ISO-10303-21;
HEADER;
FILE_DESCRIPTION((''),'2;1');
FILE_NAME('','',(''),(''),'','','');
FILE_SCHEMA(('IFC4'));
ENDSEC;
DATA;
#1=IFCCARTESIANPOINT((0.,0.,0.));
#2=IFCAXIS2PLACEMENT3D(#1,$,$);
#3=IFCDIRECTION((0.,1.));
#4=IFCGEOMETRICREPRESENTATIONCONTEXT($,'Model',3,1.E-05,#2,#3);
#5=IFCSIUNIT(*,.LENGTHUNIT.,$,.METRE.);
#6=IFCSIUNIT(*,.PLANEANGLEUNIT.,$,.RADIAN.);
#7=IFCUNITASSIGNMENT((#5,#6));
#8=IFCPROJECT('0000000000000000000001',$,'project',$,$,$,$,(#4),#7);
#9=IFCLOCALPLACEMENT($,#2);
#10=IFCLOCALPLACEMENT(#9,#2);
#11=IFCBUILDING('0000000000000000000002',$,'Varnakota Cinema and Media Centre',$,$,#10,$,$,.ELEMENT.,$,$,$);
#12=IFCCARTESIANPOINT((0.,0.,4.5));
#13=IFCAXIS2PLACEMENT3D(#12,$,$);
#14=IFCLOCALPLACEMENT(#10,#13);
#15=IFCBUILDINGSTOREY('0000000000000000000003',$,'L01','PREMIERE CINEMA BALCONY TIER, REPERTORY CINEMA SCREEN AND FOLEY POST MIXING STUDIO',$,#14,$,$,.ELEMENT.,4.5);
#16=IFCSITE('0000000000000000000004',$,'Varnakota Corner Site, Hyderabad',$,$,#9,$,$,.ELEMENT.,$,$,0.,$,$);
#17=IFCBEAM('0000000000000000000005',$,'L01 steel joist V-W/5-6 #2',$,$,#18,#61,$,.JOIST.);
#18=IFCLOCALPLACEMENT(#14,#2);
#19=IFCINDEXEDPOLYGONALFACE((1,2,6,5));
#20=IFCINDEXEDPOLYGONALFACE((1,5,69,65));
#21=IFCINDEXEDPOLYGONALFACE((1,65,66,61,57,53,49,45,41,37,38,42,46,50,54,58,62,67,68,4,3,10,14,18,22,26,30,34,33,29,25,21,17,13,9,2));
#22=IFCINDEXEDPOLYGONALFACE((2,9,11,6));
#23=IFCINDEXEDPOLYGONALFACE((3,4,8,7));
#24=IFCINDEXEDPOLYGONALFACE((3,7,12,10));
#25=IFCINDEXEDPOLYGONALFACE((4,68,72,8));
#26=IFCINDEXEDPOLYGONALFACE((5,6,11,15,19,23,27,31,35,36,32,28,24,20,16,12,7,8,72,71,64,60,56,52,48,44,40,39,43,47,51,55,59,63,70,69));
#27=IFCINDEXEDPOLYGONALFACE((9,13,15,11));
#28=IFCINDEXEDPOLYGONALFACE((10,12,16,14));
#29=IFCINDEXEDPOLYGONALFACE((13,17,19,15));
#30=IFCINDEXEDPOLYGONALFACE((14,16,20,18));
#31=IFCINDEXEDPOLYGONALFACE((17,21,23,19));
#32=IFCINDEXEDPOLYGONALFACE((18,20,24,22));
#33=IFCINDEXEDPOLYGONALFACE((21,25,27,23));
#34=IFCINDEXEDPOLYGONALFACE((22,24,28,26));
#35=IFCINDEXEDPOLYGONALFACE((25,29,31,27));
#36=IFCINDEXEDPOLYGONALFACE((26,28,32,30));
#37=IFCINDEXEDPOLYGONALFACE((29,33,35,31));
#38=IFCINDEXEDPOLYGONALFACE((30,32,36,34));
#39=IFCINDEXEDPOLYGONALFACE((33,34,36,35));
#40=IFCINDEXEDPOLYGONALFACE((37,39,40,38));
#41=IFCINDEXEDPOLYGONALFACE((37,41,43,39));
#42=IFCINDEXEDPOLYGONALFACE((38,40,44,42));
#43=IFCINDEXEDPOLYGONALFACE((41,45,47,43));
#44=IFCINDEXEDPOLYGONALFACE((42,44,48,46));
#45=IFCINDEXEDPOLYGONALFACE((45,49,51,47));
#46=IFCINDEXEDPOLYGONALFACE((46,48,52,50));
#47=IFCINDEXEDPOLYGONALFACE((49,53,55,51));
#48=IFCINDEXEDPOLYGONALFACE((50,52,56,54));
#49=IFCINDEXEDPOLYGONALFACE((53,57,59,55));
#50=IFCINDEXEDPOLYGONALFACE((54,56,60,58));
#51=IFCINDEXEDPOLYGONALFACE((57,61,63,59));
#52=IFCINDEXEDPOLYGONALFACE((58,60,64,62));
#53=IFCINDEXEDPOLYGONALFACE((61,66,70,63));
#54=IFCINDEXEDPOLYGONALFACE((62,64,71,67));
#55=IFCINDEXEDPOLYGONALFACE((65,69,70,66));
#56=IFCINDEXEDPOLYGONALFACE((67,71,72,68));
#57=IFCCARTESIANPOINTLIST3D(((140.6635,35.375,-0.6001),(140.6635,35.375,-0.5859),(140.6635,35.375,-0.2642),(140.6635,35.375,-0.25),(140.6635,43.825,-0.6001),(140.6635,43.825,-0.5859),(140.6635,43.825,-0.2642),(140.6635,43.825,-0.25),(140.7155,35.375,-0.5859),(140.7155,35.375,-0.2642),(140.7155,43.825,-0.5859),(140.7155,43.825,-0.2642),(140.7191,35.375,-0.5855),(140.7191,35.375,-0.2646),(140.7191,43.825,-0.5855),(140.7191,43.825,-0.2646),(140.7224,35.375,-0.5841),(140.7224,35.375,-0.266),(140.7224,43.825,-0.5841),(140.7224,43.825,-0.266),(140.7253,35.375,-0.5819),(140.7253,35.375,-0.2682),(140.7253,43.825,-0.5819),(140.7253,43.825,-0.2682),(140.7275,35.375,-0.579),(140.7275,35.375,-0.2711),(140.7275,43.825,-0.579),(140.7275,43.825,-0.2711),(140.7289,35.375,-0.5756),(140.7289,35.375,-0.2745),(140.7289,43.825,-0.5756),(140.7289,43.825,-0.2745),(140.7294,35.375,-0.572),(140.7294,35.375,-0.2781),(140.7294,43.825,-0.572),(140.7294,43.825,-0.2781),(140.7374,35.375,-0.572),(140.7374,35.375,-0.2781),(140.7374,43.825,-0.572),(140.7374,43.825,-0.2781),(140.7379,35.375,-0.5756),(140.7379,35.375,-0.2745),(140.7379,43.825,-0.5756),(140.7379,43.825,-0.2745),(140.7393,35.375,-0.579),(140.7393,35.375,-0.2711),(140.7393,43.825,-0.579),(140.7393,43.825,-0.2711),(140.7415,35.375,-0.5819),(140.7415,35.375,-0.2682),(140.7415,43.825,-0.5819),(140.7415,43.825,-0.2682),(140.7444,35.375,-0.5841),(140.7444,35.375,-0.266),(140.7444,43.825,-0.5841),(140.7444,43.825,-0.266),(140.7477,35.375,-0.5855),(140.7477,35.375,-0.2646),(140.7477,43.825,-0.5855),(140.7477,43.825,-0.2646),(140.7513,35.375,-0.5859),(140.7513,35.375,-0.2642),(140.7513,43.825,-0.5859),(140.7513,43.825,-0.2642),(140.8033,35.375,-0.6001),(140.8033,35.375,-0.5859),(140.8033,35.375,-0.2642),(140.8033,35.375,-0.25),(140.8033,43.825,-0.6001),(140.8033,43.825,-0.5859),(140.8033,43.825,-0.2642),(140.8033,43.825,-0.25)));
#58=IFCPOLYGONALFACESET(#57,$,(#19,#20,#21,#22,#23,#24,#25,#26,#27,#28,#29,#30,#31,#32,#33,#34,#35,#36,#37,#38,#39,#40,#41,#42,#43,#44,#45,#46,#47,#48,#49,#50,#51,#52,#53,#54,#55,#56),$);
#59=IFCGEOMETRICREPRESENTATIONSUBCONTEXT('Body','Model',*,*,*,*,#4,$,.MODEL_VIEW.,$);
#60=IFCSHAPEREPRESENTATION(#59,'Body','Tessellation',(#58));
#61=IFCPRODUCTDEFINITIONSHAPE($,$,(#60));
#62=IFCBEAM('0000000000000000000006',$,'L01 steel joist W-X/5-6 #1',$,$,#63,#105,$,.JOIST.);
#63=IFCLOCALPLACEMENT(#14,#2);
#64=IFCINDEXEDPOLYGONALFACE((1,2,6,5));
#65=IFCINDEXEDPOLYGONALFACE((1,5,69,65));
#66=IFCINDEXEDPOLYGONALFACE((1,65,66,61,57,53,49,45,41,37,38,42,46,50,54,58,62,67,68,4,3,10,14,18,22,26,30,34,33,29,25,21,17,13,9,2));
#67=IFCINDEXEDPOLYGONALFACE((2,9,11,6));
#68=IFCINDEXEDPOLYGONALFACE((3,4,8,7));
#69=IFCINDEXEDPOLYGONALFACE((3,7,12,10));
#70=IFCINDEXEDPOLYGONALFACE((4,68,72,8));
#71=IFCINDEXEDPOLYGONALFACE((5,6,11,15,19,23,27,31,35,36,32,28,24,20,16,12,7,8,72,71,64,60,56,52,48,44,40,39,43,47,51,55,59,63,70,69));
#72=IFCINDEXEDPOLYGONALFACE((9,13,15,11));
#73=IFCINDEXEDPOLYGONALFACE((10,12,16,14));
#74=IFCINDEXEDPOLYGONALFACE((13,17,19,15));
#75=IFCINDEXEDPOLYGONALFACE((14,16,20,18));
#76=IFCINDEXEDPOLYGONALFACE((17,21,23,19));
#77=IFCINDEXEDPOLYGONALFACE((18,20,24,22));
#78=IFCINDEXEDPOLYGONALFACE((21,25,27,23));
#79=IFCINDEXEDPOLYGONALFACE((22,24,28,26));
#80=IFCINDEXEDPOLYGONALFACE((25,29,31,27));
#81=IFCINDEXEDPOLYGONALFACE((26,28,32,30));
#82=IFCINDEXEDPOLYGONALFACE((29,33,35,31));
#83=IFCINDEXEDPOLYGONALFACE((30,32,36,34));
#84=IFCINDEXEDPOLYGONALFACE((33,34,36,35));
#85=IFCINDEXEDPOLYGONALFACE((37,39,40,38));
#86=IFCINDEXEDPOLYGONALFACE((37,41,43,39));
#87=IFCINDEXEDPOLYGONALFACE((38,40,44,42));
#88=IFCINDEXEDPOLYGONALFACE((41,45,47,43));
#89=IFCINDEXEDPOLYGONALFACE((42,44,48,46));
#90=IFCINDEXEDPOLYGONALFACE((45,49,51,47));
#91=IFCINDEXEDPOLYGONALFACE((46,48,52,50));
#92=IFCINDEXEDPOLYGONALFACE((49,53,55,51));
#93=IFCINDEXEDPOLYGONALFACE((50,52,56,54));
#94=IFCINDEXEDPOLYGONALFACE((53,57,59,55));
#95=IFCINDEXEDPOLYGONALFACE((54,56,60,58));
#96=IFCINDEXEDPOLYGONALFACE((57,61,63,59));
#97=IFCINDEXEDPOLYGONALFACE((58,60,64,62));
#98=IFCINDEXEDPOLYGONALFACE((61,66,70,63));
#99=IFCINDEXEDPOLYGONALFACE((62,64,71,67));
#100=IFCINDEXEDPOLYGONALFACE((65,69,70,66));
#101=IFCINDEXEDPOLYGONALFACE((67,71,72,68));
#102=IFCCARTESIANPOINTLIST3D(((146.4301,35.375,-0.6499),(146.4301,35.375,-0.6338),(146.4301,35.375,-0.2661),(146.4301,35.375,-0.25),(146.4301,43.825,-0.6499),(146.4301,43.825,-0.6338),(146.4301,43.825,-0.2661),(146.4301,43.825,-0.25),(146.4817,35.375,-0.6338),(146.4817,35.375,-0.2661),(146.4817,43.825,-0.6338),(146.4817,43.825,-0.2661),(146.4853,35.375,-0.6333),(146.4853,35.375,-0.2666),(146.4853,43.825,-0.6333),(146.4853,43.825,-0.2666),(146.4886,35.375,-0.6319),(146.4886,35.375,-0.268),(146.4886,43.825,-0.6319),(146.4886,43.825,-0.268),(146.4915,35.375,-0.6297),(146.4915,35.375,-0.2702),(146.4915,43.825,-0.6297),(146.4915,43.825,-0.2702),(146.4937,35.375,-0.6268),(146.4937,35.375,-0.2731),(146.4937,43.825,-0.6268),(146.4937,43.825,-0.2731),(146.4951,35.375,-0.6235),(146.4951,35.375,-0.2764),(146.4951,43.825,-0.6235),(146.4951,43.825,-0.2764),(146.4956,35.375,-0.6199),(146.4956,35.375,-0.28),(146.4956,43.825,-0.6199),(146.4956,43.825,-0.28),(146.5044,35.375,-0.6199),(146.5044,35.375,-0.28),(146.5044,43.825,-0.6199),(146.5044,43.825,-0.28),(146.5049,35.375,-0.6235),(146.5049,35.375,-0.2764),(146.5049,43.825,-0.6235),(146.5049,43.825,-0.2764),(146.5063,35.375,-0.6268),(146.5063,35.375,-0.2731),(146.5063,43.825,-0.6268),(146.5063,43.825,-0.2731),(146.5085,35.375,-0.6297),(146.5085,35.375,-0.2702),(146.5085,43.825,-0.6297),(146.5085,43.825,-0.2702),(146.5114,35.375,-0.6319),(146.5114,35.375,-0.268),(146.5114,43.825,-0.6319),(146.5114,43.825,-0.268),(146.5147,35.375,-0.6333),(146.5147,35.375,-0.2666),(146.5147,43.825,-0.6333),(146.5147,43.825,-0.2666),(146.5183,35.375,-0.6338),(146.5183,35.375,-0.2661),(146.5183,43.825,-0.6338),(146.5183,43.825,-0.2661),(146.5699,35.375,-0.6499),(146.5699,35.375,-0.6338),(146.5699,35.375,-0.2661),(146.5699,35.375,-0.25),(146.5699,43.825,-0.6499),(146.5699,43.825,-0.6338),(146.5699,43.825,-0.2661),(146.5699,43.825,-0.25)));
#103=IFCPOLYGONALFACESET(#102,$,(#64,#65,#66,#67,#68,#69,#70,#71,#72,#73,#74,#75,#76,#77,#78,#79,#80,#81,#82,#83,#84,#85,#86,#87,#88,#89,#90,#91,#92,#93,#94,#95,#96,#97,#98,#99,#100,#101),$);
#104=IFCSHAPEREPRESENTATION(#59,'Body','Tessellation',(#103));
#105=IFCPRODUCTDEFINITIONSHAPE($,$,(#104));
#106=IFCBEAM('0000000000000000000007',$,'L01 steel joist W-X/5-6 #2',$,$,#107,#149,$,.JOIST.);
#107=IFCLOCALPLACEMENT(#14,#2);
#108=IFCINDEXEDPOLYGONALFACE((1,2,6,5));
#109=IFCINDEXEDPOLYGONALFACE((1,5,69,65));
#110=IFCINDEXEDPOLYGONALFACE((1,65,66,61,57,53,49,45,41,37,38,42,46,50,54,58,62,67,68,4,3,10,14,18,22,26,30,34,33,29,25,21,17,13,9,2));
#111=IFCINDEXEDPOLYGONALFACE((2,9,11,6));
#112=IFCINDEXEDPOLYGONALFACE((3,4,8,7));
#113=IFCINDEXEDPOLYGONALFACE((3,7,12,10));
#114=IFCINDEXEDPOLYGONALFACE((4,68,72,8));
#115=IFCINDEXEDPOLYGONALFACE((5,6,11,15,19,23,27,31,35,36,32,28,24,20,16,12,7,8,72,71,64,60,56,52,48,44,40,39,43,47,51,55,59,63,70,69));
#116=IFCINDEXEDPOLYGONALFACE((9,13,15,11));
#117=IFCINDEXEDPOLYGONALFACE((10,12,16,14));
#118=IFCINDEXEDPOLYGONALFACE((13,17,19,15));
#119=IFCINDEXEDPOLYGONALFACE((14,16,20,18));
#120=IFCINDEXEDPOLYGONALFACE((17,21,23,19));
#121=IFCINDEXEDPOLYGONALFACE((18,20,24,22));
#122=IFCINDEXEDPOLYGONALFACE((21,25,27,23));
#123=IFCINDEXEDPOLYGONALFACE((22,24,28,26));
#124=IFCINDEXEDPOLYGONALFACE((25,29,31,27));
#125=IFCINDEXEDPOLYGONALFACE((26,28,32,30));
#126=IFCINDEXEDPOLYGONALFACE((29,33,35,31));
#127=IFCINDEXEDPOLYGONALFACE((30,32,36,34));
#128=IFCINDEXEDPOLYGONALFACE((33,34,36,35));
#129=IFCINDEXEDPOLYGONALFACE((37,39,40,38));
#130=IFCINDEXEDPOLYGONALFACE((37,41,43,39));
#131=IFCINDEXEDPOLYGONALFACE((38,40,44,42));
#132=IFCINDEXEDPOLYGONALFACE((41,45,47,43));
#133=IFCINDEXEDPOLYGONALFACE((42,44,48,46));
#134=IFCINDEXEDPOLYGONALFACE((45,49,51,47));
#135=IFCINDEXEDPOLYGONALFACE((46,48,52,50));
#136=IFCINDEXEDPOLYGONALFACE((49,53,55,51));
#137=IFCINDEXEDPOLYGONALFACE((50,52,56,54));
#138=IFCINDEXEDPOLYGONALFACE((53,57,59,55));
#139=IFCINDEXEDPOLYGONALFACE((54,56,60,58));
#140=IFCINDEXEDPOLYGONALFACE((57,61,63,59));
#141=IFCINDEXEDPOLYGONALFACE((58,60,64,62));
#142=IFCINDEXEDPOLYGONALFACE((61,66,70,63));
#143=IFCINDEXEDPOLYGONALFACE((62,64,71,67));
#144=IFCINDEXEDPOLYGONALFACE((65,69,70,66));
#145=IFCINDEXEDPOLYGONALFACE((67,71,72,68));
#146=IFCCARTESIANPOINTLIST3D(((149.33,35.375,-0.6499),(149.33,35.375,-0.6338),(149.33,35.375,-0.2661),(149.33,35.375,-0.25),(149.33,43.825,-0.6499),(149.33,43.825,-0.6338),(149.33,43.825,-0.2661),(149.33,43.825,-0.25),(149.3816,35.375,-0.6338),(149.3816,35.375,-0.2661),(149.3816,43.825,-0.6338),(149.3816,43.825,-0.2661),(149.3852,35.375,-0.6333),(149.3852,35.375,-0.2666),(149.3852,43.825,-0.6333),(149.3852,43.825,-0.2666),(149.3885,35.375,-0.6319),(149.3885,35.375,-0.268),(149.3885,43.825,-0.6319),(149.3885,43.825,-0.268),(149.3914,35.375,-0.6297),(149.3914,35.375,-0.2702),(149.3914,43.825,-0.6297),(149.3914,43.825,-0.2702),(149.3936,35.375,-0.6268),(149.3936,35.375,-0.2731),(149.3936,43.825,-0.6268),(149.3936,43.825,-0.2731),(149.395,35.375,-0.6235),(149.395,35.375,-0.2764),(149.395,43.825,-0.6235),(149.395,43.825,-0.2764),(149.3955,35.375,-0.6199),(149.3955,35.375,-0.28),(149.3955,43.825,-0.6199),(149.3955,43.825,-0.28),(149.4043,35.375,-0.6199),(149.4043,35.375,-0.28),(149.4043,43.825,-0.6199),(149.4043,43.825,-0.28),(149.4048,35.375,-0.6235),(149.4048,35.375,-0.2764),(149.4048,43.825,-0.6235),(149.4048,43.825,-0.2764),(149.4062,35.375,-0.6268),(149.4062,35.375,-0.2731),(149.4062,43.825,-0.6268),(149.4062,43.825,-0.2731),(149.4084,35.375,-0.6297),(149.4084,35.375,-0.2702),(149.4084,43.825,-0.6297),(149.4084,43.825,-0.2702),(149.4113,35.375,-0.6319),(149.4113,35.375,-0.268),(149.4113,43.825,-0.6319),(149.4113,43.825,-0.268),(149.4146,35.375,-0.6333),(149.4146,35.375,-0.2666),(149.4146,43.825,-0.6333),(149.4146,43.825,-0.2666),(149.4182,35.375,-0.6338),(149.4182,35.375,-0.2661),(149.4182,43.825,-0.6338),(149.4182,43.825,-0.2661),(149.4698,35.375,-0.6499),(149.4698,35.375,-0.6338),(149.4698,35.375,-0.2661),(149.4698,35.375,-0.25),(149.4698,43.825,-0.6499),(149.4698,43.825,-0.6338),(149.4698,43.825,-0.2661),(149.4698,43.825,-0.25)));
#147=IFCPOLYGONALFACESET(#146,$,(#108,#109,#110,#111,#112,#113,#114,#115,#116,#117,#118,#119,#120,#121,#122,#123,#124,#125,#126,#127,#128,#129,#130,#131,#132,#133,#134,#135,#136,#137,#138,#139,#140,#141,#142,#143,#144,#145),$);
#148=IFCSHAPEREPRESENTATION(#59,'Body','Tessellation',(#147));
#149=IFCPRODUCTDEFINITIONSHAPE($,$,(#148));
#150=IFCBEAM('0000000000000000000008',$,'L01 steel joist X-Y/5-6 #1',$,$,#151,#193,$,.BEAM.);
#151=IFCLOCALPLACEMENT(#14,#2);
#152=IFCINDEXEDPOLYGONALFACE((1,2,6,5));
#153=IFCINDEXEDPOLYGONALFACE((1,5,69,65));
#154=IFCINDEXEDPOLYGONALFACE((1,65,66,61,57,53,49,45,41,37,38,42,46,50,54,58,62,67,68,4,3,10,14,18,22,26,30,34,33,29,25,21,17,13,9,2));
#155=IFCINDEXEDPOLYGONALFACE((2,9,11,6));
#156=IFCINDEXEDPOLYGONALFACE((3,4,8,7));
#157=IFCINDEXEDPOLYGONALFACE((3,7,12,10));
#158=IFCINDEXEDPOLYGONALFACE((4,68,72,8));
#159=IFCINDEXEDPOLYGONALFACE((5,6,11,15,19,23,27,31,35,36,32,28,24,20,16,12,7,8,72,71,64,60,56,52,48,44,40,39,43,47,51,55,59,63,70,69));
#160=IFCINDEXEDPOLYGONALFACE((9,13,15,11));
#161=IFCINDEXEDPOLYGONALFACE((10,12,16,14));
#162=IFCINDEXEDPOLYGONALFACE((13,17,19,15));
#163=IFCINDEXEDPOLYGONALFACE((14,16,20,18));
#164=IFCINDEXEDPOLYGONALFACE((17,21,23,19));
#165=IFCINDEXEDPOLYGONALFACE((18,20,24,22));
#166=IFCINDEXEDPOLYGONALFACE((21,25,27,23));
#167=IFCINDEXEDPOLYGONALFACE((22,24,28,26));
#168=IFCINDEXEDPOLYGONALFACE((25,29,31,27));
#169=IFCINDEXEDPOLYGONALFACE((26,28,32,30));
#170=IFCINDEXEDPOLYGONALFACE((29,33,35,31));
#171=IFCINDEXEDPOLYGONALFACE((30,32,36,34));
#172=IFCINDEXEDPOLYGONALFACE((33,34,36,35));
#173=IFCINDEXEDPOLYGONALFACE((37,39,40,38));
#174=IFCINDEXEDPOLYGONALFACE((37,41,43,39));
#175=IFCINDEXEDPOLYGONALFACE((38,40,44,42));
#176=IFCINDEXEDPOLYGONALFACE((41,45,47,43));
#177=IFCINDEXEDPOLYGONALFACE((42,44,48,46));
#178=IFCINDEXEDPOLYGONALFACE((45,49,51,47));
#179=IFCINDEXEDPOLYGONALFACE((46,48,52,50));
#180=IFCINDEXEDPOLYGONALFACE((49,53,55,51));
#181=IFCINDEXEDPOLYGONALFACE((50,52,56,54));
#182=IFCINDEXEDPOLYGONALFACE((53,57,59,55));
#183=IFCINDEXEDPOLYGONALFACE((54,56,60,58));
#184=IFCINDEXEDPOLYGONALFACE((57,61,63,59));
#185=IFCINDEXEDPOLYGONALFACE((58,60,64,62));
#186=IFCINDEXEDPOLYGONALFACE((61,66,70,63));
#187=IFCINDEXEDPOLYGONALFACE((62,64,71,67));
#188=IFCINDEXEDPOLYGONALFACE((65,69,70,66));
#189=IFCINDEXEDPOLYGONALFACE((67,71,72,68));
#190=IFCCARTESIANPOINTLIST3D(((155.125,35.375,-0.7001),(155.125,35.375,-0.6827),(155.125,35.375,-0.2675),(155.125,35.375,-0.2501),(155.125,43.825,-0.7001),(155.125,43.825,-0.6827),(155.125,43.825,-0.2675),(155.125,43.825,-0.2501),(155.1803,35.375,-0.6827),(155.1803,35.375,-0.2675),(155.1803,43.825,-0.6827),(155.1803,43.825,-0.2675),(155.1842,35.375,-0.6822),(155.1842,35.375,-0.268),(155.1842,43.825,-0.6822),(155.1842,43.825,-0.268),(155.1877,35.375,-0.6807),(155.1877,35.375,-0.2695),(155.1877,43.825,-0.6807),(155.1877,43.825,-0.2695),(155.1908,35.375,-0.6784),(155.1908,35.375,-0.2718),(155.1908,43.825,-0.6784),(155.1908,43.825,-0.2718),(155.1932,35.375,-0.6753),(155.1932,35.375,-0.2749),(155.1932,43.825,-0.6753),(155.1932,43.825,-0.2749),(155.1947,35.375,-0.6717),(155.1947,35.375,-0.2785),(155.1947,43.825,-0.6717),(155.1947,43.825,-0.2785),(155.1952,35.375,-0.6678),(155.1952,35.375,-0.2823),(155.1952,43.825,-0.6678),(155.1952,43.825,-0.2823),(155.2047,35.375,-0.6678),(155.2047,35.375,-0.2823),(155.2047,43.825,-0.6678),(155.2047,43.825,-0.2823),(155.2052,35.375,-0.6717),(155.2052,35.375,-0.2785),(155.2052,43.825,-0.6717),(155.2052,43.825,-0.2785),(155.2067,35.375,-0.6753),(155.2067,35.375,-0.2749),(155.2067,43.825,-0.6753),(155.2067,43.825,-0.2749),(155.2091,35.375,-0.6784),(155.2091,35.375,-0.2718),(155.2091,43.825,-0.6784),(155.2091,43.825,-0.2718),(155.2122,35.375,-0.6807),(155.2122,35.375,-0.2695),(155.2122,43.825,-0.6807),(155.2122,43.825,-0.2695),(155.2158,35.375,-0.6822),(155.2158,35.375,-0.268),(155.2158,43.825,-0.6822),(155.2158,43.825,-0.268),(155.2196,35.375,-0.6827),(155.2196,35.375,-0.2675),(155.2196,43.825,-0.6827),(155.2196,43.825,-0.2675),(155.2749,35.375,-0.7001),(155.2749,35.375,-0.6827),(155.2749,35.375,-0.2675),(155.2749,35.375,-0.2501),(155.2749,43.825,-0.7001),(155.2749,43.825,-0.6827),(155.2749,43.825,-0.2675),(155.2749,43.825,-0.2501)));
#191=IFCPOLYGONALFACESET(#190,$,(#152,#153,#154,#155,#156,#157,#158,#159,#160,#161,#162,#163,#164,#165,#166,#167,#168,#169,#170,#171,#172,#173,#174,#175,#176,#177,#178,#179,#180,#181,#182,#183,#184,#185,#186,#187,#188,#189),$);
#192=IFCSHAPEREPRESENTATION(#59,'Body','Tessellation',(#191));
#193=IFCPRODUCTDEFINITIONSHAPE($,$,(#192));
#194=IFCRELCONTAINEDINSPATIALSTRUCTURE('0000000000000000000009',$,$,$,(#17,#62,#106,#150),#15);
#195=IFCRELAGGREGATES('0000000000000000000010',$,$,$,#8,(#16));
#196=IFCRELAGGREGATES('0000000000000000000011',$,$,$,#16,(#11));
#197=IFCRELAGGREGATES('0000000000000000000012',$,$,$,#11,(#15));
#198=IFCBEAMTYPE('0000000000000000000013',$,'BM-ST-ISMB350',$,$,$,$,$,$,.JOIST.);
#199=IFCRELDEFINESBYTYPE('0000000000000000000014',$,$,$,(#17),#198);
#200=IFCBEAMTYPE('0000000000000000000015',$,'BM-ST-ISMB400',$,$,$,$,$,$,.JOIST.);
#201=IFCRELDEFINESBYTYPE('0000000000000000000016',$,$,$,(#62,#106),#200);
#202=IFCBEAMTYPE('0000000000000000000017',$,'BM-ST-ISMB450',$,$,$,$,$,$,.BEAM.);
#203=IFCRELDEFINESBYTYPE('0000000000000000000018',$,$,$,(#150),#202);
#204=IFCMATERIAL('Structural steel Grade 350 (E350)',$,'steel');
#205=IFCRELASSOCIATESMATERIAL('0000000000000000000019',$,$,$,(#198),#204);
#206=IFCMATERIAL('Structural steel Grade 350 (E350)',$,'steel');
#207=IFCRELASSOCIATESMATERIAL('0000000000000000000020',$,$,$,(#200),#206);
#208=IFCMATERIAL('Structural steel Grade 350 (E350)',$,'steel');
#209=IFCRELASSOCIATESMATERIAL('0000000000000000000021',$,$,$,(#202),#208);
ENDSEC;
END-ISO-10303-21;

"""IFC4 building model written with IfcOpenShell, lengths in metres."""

from ifc_helpers import new_model, si_unit, direction, frame, origin, origin_2d, place, context, subcontext, project, spatial, i_section, extrude, material, material_profile, profile_set, type_object, element, save


model = new_model("IFC4")

# Units and contexts
model_context = context("Model", 3, precision=1e-05, world=origin(), true_north=direction((0.0, 1.0)))
body_context = subcontext(model_context, "Body", "Model", "MODEL_VIEW")
ifc_project = project(units=[si_unit("LENGTHUNIT", "METRE"), si_unit("PLANEANGLEUNIT", "RADIAN")], contexts=[model_context])

# Site, building, storey
site_placement = place(None, origin())
site = spatial("IfcSite", under=ifc_project, at=site_placement, Name="Varnakota Corner Site, Hyderabad", CompositionType="ELEMENT", RefElevation=0.0)
building_placement = place(site_placement, origin())
building = spatial("IfcBuilding", under=site, at=building_placement, Name="Varnakota Cinema and Media Centre", CompositionType="ELEMENT")
storey_placement = place(building_placement, frame((0.0, 0.0, 4.5)))
storey = spatial("IfcBuildingStorey", under=building, at=storey_placement, Name="L01", Description="PREMIERE CINEMA BALCONY TIER, REPERTORY CINEMA SCREEN AND FOLEY POST MIXING STUDIO", CompositionType="ELEMENT", Elevation=4.5)

# Beams
ifc_material_1 = material(Name="Structural steel Grade 350 (E350)", Category="steel")
ifc_material_profile_1 = material_profile(ifc_material_1, i_section(OverallWidth=0.1399, OverallDepth=0.3501, WebThickness=0.0081, FlangeThickness=0.0142, FilletRadius=0.0139, at=origin_2d()), Name="ISMB 350")
ifc_profile_set_1 = profile_set([ifc_material_profile_1], Name="Structural steel Grade 350 (E350)")
beam_type_1 = type_object("IfcBeamType", Name="BM-ST-ISMB350", PredefinedType="JOIST", material=ifc_profile_set_1)
for number, where, z_axis, x_axis, name in (
    (1, (140.7334, 35.375, -0.425), (0.0, 1.0, 0.0), (-1.0, 0.0, 0.0), "L01 steel joist V-W/5-6 #2"),
):
    element("IfcBeam", number, at=place(storey_placement, frame(where, z_axis=z_axis, x_axis=x_axis)), inside=storey, type_object=beam_type_1, Name=name, PredefinedType="JOIST", context=body_context, shape_type="SweptSolid", body=[
        extrude(i_section(OverallWidth=0.1399, OverallDepth=0.3501, WebThickness=0.0081, FlangeThickness=0.0142, FilletRadius=0.0139, at=origin_2d()), origin(), (0.0, 0.0, 1.0), 8.45),
    ])
ifc_material_2 = material(Name="Structural steel Grade 350 (E350)", Category="steel")
ifc_material_profile_2 = material_profile(ifc_material_2, i_section(OverallWidth=0.1399, OverallDepth=0.3999, WebThickness=0.0088, FlangeThickness=0.0161, FilletRadius=0.0139, at=origin_2d()), Name="ISMB 400")
ifc_profile_set_2 = profile_set([ifc_material_profile_2], Name="Structural steel Grade 350 (E350)")
beam_type_2 = type_object("IfcBeamType", Name="BM-ST-ISMB400", PredefinedType="JOIST", material=ifc_profile_set_2)
for number, where, z_axis, x_axis, name in (
    (2, (146.5, 35.375, -0.45), (0.0, 1.0, 0.0), (-1.0, 0.0, 0.0), "L01 steel joist W-X/5-6 #1"),
    (3, (149.3999, 35.375, -0.45), (0.0, 1.0, 0.0), (-1.0, 0.0, 0.0), "L01 steel joist W-X/5-6 #2"),
):
    element("IfcBeam", number, at=place(storey_placement, frame(where, z_axis=z_axis, x_axis=x_axis)), inside=storey, type_object=beam_type_2, Name=name, PredefinedType="JOIST", context=body_context, shape_type="SweptSolid", body=[
        extrude(i_section(OverallWidth=0.1399, OverallDepth=0.3999, WebThickness=0.0088, FlangeThickness=0.0161, FilletRadius=0.0139, at=origin_2d()), origin(), (0.0, 0.0, 1.0), 8.45),
    ])
ifc_material_3 = material(Name="Structural steel Grade 350 (E350)", Category="steel")
ifc_material_profile_3 = material_profile(ifc_material_3, i_section(OverallWidth=0.1499, OverallDepth=0.45, WebThickness=0.0095, FlangeThickness=0.0173, FilletRadius=0.0149, at=origin_2d()), Name="ISMB 450")
ifc_profile_set_3 = profile_set([ifc_material_profile_3], Name="Structural steel Grade 350 (E350)")
beam_type_3 = type_object("IfcBeamType", Name="BM-ST-ISMB450", PredefinedType="BEAM", material=ifc_profile_set_3)
for number, where, z_axis, x_axis, name in (
    (4, (155.2, 35.375, -0.4751), (0.0, 1.0, 0.0), (-1.0, 0.0, 0.0), "L01 steel joist X-Y/5-6 #1"),
):
    element("IfcBeam", number, at=place(storey_placement, frame(where, z_axis=z_axis, x_axis=x_axis)), inside=storey, type_object=beam_type_3, Name=name, PredefinedType="BEAM", context=body_context, shape_type="SweptSolid", body=[
        extrude(i_section(OverallWidth=0.1499, OverallDepth=0.45, WebThickness=0.0095, FlangeThickness=0.0173, FilletRadius=0.0149, at=origin_2d()), origin(), (0.0, 0.0, 1.0), 8.45),
    ])

save(model, "model.ifc")
